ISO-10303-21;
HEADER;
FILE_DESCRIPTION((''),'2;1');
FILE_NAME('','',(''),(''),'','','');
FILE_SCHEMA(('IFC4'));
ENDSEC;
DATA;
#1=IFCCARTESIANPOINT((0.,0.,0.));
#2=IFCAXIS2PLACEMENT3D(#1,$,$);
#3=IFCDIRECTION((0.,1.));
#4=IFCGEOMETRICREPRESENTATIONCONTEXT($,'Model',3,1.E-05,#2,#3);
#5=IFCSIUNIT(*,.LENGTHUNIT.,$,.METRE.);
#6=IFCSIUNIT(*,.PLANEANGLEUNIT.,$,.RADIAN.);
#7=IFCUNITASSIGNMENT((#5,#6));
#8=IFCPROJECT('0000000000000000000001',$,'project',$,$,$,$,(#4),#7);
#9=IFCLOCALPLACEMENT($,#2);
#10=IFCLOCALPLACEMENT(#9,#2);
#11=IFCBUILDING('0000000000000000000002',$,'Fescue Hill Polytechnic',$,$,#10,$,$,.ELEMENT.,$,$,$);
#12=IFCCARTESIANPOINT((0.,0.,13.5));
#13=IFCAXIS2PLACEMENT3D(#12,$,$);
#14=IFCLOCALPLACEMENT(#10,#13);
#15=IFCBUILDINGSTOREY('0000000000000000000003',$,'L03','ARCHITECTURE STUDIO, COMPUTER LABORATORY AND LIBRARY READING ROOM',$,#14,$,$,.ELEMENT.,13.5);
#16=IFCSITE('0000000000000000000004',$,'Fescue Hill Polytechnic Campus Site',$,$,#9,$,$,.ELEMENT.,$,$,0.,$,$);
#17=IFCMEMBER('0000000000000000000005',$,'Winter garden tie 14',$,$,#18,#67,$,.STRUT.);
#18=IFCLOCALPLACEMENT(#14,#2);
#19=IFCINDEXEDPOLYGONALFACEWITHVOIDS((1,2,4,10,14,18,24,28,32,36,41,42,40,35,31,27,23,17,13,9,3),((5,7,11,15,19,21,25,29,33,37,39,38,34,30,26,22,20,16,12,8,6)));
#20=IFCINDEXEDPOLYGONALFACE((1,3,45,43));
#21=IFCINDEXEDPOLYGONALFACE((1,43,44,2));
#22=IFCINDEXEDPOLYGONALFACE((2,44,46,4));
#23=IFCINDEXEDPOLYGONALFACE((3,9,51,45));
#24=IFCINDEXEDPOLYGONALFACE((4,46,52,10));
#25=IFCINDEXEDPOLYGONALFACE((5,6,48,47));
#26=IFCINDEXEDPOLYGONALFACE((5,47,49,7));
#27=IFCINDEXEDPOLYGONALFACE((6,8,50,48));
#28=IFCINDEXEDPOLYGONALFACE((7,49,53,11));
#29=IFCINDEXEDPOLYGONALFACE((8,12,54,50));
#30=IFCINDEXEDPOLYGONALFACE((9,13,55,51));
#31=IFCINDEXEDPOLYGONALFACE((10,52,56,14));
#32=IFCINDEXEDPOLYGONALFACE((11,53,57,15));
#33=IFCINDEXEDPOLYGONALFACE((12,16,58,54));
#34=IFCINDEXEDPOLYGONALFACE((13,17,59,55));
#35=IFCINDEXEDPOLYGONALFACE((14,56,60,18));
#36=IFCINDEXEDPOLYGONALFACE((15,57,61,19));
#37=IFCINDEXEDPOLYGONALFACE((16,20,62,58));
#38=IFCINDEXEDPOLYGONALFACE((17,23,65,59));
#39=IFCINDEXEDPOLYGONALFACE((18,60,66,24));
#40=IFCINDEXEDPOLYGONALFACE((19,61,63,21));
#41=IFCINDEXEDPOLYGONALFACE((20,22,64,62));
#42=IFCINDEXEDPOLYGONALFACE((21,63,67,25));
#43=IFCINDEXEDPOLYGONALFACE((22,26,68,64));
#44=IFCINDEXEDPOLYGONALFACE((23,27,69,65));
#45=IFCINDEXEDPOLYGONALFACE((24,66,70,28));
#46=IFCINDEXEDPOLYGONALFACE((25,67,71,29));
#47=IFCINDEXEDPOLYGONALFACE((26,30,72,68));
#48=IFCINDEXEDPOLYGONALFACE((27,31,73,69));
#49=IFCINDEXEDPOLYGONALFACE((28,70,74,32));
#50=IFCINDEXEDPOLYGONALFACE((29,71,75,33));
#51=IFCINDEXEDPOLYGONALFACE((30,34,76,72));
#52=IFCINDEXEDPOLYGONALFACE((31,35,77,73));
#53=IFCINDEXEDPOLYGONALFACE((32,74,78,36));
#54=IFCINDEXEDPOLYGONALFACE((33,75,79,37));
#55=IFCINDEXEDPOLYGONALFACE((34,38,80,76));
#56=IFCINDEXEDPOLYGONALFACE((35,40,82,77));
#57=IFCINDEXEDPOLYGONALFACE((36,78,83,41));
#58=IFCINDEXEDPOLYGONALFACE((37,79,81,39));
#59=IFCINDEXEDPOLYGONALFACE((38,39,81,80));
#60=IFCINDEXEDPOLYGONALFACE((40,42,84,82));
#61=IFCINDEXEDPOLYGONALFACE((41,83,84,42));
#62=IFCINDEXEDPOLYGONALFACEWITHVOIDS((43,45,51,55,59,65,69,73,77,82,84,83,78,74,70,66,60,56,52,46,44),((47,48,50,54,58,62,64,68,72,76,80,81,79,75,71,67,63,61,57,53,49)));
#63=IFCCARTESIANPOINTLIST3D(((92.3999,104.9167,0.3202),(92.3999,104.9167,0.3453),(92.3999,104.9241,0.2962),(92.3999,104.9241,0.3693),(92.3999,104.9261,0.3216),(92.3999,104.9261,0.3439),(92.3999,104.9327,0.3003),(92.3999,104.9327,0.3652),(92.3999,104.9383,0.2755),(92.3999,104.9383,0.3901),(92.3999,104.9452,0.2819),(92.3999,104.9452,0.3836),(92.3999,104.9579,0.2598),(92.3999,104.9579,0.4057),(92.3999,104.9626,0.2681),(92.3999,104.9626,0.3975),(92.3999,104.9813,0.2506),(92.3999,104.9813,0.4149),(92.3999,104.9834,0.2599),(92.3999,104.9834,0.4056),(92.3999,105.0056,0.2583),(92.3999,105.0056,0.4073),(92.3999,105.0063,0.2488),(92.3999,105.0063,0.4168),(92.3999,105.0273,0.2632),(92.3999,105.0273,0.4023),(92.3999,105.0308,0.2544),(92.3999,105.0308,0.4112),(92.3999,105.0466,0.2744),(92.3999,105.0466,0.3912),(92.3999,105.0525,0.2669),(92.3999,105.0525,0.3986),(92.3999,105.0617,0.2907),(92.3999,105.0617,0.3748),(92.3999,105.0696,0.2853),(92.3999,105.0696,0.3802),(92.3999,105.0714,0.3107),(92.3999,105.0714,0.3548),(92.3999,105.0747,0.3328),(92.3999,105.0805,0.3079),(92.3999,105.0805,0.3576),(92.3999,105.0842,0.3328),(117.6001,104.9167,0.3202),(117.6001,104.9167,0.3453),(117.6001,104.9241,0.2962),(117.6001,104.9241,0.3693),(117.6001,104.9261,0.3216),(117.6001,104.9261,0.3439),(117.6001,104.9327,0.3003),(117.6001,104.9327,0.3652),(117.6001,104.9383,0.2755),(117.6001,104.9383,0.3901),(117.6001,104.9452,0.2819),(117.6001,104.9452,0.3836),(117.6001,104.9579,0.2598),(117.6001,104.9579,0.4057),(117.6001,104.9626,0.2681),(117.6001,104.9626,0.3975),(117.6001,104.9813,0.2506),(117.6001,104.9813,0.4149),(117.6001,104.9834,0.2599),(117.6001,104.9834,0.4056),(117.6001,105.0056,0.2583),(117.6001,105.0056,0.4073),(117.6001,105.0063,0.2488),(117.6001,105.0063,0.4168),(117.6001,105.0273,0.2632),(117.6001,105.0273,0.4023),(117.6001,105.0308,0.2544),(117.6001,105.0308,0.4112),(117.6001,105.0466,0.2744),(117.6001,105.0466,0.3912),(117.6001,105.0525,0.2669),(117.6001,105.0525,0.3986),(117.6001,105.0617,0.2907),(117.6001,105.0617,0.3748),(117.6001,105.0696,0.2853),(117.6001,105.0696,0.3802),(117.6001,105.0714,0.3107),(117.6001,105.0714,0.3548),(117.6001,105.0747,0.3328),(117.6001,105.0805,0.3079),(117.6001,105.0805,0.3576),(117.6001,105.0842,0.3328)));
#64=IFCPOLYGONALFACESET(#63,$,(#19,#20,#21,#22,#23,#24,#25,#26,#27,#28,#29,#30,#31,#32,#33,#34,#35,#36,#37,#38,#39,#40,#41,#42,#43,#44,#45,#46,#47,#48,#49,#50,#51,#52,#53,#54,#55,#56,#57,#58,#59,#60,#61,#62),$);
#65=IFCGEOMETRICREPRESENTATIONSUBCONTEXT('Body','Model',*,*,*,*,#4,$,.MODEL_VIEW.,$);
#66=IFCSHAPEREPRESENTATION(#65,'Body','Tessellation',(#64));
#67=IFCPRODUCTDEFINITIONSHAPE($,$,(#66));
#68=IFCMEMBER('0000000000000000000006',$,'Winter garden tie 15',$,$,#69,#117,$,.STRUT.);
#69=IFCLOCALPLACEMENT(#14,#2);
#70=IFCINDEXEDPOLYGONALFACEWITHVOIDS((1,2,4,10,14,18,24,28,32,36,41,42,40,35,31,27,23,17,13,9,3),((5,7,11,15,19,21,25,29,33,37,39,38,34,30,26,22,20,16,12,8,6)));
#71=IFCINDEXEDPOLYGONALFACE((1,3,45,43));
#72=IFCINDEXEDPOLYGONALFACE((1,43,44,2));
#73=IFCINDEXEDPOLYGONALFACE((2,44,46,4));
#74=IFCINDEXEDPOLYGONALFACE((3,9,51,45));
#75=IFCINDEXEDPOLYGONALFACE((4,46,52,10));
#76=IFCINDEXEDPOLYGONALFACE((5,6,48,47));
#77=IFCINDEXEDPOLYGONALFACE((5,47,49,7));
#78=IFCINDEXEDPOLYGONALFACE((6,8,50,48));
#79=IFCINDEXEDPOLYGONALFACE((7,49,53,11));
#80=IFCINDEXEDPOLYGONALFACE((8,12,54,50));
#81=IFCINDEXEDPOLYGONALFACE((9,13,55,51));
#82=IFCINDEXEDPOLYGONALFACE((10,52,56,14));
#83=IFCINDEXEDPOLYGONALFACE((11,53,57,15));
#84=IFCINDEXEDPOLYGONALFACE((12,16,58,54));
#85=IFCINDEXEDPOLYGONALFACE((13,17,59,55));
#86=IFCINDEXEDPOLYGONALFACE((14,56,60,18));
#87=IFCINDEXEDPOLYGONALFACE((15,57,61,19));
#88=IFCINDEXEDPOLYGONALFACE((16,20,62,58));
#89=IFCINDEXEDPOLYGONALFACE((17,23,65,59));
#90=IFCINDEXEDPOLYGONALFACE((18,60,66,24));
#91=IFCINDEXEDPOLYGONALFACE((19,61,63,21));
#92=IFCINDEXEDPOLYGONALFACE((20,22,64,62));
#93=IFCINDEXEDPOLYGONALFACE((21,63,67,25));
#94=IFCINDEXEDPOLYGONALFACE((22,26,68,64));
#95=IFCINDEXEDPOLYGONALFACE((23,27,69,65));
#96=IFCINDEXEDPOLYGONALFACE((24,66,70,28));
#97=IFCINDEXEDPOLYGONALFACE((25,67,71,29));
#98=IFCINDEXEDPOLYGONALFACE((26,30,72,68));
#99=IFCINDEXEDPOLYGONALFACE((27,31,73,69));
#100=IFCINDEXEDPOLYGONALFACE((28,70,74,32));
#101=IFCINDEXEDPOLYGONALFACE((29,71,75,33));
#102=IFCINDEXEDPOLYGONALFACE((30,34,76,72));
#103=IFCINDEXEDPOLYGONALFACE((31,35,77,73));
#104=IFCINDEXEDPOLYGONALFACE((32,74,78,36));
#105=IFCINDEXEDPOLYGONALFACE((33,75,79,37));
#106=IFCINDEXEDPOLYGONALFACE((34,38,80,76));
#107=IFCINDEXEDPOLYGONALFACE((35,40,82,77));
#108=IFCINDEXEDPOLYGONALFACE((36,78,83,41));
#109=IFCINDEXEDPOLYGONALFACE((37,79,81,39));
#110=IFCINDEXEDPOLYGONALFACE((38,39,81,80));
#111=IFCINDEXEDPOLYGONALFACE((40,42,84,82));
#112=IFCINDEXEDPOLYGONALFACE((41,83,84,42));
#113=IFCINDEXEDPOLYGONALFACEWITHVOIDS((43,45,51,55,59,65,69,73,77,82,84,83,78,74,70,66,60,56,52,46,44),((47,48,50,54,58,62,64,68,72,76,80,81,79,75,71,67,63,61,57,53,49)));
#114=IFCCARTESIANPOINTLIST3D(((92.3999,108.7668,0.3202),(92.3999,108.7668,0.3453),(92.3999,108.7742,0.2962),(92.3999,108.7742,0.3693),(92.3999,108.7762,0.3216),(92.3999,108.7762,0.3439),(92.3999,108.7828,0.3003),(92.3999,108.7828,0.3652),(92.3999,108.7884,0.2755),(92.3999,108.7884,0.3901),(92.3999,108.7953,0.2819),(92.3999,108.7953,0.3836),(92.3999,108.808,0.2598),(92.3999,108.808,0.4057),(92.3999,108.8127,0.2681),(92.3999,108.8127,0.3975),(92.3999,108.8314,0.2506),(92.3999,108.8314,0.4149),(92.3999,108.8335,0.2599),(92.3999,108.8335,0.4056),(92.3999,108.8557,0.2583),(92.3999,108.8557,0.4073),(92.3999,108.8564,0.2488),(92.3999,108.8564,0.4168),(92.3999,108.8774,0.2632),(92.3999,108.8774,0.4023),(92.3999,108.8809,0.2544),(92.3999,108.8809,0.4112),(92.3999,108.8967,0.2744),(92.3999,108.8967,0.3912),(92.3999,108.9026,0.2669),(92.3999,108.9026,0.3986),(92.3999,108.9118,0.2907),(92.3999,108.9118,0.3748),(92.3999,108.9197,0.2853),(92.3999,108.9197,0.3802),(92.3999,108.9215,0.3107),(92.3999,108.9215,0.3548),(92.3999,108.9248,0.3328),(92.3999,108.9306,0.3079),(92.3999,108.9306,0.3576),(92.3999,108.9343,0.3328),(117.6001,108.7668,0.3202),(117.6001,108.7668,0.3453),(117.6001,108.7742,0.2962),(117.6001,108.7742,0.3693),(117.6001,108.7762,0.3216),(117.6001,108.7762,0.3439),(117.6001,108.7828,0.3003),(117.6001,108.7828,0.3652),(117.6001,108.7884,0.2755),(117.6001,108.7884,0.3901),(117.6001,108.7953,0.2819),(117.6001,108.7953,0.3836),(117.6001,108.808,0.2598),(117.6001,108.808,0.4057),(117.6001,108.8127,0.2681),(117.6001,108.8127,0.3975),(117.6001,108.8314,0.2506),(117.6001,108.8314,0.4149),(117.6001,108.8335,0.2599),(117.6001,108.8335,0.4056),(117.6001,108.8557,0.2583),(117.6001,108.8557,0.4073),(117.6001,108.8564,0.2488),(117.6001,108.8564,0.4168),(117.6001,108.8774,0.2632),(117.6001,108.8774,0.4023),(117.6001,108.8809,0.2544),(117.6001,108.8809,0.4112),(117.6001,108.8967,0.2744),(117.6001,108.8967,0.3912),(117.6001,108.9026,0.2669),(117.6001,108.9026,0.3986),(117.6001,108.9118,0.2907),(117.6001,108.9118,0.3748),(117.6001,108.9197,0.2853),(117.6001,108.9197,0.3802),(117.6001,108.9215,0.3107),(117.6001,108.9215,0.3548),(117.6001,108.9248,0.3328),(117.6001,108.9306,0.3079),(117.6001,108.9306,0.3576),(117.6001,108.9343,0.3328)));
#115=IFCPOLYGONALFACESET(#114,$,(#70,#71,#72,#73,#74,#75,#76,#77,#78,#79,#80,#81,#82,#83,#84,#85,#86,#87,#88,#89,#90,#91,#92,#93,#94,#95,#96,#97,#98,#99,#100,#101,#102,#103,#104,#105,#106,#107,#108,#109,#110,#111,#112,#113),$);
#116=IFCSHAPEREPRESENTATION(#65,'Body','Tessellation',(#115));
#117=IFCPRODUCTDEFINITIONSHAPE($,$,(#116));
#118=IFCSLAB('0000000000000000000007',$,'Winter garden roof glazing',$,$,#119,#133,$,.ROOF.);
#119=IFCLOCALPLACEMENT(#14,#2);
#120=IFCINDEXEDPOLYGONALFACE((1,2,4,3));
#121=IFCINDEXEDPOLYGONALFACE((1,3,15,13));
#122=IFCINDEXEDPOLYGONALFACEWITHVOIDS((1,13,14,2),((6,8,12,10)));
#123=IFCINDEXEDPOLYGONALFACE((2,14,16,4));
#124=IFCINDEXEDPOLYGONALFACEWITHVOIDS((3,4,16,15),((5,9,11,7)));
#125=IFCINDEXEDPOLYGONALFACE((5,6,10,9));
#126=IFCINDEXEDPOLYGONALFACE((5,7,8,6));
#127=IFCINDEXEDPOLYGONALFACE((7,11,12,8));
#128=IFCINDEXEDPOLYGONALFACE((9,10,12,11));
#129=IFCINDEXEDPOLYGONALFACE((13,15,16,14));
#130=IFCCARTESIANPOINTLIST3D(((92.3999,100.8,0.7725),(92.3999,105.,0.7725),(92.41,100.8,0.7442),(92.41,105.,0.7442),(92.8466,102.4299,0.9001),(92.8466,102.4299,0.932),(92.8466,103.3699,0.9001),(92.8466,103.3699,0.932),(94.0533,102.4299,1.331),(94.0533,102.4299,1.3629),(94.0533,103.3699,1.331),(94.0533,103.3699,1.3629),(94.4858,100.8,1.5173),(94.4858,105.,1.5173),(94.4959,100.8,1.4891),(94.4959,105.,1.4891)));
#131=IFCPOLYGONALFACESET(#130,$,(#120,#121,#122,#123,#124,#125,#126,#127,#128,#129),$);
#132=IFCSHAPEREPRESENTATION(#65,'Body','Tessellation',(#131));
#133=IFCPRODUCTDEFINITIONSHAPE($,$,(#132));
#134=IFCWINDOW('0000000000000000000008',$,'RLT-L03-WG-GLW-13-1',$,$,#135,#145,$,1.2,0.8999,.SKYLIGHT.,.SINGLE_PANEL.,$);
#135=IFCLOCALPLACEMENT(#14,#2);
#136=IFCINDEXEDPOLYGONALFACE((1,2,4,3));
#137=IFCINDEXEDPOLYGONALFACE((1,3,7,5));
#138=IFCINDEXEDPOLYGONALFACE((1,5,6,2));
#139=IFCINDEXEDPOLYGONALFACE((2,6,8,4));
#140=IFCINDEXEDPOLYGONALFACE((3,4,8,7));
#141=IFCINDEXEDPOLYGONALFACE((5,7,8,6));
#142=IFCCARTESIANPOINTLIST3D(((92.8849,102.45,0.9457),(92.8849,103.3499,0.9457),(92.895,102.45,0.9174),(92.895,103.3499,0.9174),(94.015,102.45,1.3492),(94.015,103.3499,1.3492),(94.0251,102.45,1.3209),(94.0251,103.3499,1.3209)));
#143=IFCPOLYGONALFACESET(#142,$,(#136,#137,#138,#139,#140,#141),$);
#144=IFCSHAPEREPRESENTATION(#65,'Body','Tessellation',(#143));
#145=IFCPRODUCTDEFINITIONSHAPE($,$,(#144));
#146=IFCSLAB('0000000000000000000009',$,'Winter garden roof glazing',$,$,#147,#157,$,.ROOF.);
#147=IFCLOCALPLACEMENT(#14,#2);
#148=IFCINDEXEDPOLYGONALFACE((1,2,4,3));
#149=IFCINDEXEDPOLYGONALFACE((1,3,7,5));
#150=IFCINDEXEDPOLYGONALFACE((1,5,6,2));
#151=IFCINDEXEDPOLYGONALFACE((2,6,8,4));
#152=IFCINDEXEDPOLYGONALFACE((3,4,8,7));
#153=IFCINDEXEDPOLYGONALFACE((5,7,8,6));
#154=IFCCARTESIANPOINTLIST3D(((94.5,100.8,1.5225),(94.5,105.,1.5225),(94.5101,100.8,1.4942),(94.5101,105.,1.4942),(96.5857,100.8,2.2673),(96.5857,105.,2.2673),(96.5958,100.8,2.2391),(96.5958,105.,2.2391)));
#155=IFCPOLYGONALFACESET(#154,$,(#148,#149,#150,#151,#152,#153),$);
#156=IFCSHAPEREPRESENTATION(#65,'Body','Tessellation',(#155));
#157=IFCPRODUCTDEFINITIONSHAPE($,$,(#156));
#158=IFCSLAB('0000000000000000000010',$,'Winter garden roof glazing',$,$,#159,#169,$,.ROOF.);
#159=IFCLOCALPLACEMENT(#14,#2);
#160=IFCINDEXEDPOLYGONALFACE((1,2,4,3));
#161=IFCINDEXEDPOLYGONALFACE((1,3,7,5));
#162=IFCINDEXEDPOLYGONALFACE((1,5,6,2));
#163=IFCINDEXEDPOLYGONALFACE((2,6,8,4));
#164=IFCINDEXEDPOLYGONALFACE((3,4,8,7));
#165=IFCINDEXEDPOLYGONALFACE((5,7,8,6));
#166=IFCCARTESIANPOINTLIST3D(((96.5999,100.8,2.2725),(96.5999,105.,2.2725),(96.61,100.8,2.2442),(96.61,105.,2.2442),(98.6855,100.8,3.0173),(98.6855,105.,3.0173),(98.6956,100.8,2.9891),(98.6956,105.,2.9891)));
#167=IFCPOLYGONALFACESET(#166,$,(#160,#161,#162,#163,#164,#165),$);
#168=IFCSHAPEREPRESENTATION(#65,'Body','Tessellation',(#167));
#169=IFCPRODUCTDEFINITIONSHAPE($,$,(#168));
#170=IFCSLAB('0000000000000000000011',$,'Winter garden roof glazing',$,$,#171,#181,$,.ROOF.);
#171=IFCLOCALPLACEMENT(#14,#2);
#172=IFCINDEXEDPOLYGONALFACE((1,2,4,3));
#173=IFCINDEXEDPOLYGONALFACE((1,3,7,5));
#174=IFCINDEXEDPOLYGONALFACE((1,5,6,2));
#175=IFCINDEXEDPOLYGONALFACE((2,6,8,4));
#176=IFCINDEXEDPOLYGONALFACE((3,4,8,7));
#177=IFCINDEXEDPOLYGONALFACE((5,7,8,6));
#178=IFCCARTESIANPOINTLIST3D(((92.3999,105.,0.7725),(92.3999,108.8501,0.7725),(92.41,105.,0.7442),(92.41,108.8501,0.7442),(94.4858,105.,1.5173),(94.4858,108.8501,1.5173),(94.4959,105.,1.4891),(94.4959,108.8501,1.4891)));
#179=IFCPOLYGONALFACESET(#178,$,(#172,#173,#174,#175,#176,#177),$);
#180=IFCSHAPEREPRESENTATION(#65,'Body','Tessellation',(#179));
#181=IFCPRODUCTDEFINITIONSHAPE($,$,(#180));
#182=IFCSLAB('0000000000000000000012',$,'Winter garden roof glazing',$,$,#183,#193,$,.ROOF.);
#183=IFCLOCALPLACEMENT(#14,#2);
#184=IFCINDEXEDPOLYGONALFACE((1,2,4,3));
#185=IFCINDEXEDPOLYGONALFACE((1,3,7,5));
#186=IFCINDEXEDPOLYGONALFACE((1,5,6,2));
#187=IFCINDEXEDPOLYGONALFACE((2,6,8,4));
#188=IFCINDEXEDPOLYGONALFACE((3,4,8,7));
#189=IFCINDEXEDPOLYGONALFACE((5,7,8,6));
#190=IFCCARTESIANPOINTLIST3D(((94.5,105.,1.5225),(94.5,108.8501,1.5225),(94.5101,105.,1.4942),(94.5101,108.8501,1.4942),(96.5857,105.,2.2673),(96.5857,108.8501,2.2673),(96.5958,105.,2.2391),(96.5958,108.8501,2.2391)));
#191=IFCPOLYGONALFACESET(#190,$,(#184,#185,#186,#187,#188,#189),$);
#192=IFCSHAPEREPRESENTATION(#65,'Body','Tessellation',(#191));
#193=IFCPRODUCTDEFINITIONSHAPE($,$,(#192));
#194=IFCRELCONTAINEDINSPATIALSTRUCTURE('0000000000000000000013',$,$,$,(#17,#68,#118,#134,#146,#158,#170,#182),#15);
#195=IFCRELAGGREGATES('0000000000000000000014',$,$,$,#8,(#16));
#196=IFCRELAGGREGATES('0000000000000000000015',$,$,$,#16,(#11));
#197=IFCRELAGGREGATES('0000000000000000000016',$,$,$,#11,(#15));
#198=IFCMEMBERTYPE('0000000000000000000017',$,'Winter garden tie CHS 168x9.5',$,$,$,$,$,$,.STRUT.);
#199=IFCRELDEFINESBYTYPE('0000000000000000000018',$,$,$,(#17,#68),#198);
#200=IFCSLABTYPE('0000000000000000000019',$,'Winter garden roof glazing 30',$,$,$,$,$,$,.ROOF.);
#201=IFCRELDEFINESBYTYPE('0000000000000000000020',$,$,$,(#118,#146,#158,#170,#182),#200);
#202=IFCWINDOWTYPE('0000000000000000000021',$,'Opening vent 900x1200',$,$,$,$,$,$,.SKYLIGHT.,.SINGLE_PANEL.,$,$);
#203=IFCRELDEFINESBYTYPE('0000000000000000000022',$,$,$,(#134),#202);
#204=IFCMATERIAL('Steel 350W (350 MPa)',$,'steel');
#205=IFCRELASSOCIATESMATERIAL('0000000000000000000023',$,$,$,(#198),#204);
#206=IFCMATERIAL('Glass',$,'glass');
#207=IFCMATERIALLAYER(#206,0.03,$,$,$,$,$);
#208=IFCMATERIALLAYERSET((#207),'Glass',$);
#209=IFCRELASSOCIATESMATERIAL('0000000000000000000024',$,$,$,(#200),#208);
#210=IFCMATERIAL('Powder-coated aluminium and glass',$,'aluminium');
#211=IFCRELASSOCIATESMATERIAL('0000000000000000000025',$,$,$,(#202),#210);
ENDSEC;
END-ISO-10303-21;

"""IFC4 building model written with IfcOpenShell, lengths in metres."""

from ifc_helpers import new_model, si_unit, direction, frame, origin, origin_2d, place, context, subcontext, project, spatial, polyline, rectangle, hollow_circle, outline, extrude, material, layer, layer_set, material_profile, profile_set, type_object, element, fill, save


model = new_model("IFC4")

# Units and contexts
model_context = context("Model", 3, precision=1e-05, world=origin(), true_north=direction((0.0, 1.0)))
body_context = subcontext(model_context, "Body", "Model", "MODEL_VIEW")
ifc_project = project(units=[si_unit("LENGTHUNIT", "METRE"), si_unit("PLANEANGLEUNIT", "RADIAN")], contexts=[model_context])

# Site, building, storey
site_placement = place(None, origin())
site = spatial("IfcSite", under=ifc_project, at=site_placement, Name="Fescue Hill Polytechnic Campus Site", CompositionType="ELEMENT", RefElevation=0.0)
building_placement = place(site_placement, origin())
building = spatial("IfcBuilding", under=site, at=building_placement, Name="Fescue Hill Polytechnic", CompositionType="ELEMENT")
storey_placement = place(building_placement, frame((0.0, 0.0, 13.5)))
storey = spatial("IfcBuildingStorey", under=building, at=storey_placement, Name="L03", Description="ARCHITECTURE STUDIO, COMPUTER LABORATORY AND LIBRARY READING ROOM", CompositionType="ELEMENT", Elevation=13.5)

# Members
ifc_material_1 = material(Name="Steel 350W (350 MPa)", Category="steel")
ifc_material_profile_1 = material_profile(ifc_material_1, hollow_circle(Radius=0.0842, WallThickness=0.0095, at=origin_2d()), Name="Winter garden tie CHS 168x9.5")
ifc_profile_set_1 = profile_set([ifc_material_profile_1], Name="Steel 350W (350 MPa)")
member_type_1 = type_object("IfcMemberType", Name="Winter garden tie CHS 168x9.5", PredefinedType="STRUT", material=ifc_profile_set_1)
for number, where, z_axis, x_axis, name in (
    (1, (92.3999, 105.0, 0.3328), (1.0, 0.0, 0.0), (0.0, 1.0, 0.0), "Winter garden tie 14"),
    (2, (92.3999, 108.8501, 0.3328), (1.0, 0.0, 0.0), (0.0, 1.0, 0.0), "Winter garden tie 15"),
):
    element("IfcMember", number, at=place(storey_placement, frame(where, z_axis=z_axis, x_axis=x_axis)), inside=storey, type_object=member_type_1, Name=name, PredefinedType="STRUT", context=body_context, shape_type="SweptSolid", body=[
        extrude(hollow_circle(Radius=0.0842, WallThickness=0.0095, at=origin_2d()), origin(), (0.0, 0.0, 1.0), 25.2002),
    ])

# Slab, opening, window
ifc_material_2 = material(Name="Glass", Category="glass")
ifc_layer = layer(ifc_material_2, 0.03)
ifc_layer_set = layer_set([ifc_layer], Name="Glass")
slab_type = type_object("IfcSlabType", Name="Winter garden roof glazing 30", PredefinedType="ROOF", material=ifc_layer_set)
slab_1_placement = place(storey_placement, frame((92.3999, 100.8, 0.7725), z_axis=(-0.336295, 0.0, 0.941757), x_axis=(0.0, 1.0, 0.0)))
slab_1 = element("IfcSlab", 3, at=slab_1_placement, inside=storey, type_object=slab_type, Name="Winter garden roof glazing", PredefinedType="ROOF", context=body_context, shape_type="SweptSolid", body=[
    extrude(outline(polyline([(0.0, 0.0), (4.2, 0.0), (4.2, -2.2149), (0.0, -2.2149), (0.0, 0.0)])), origin(), (0.0, 0.0, -1.0), 0.03),
])
opening_placement = place(storey_placement, frame((93.45, 102.8999, 0.8013)))
opening = element("IfcOpeningElement", 4, at=opening_placement, cuts=slab_1, PredefinedType="OPENING", context=body_context, shape_type="SweptSolid", body=[
    extrude(rectangle(XDim=1.2068, YDim=0.9399, at=origin_2d()), origin(), (0.0, 0.0, 1.0), 0.6604),
])
ifc_material_3 = material(Name="Powder-coated aluminium and glass", Category="aluminium")
window_type = type_object("IfcWindowType", Name="Opening vent 900x1200", PartitioningType="SINGLE_PANEL", PredefinedType="SKYLIGHT", material=ifc_material_3)
window_placement = place(storey_placement, frame((93.45, 102.8999, 1.1475), z_axis=(-0.336295, 0.0, 0.941757), x_axis=(0.0, 1.0, 0.0)))
window = element("IfcWindow", 5, at=window_placement, inside=storey, type_object=window_type, Name="RLT-L03-WG-GLW-13-1", OverallHeight=1.2, OverallWidth=0.8999, PartitioningType="SINGLE_PANEL", PredefinedType="SKYLIGHT", context=body_context, shape_type="SweptSolid", body=[
    extrude(rectangle(XDim=0.8999, YDim=1.2, at=origin_2d()), origin(), (0.0, 0.0, -1.0), 0.03),
])
fill(opening, window)

# Slabs
for number, where, z_axis, x_axis, name in (
    (6, (94.5, 100.8, 1.5225), (-0.336329, 0.0, 0.941744), (0.0, 1.0, 0.0), "Winter garden roof glazing"),
    (7, (96.5999, 100.8, 2.2725), (-0.336329, 0.0, 0.941744), (0.0, 1.0, 0.0), "Winter garden roof glazing"),
):
    element("IfcSlab", number, at=place(storey_placement, frame(where, z_axis=z_axis, x_axis=x_axis)), inside=storey, type_object=slab_type, Name=name, PredefinedType="ROOF", context=body_context, shape_type="SweptSolid", body=[
        extrude(outline(polyline([(0.0, 0.0), (4.2, 0.0), (4.2, -2.2147), (0.0, -2.2147), (0.0, 0.0)])), origin(), (0.0, 0.0, -1.0), 0.03),
    ])
slab_2_placement = place(storey_placement, frame((92.3999, 105.0, 0.7725), z_axis=(-0.336295, 0.0, 0.941757), x_axis=(0.0, 1.0, 0.0)))
element("IfcSlab", 8, at=slab_2_placement, inside=storey, type_object=slab_type, Name="Winter garden roof glazing", PredefinedType="ROOF", context=body_context, shape_type="SweptSolid", body=[
    extrude(outline(polyline([(0.0, 0.0), (3.8501, 0.0), (3.8501, -2.2149), (0.0, -2.2149), (0.0, 0.0)])), origin(), (0.0, 0.0, -1.0), 0.03),
])
for number, where, z_axis, x_axis, name in (
    (9, (94.5, 105.0, 1.5225), (-0.336329, 0.0, 0.941744), (0.0, 1.0, 0.0), "Winter garden roof glazing"),
):
    element("IfcSlab", number, at=place(storey_placement, frame(where, z_axis=z_axis, x_axis=x_axis)), inside=storey, type_object=slab_type, Name=name, PredefinedType="ROOF", context=body_context, shape_type="SweptSolid", body=[
        extrude(outline(polyline([(0.0, 0.0), (3.8501, 0.0), (3.8501, -2.2147), (0.0, -2.2147), (0.0, 0.0)])), origin(), (0.0, 0.0, -1.0), 0.03),
    ])

save(model, "model.ifc")
